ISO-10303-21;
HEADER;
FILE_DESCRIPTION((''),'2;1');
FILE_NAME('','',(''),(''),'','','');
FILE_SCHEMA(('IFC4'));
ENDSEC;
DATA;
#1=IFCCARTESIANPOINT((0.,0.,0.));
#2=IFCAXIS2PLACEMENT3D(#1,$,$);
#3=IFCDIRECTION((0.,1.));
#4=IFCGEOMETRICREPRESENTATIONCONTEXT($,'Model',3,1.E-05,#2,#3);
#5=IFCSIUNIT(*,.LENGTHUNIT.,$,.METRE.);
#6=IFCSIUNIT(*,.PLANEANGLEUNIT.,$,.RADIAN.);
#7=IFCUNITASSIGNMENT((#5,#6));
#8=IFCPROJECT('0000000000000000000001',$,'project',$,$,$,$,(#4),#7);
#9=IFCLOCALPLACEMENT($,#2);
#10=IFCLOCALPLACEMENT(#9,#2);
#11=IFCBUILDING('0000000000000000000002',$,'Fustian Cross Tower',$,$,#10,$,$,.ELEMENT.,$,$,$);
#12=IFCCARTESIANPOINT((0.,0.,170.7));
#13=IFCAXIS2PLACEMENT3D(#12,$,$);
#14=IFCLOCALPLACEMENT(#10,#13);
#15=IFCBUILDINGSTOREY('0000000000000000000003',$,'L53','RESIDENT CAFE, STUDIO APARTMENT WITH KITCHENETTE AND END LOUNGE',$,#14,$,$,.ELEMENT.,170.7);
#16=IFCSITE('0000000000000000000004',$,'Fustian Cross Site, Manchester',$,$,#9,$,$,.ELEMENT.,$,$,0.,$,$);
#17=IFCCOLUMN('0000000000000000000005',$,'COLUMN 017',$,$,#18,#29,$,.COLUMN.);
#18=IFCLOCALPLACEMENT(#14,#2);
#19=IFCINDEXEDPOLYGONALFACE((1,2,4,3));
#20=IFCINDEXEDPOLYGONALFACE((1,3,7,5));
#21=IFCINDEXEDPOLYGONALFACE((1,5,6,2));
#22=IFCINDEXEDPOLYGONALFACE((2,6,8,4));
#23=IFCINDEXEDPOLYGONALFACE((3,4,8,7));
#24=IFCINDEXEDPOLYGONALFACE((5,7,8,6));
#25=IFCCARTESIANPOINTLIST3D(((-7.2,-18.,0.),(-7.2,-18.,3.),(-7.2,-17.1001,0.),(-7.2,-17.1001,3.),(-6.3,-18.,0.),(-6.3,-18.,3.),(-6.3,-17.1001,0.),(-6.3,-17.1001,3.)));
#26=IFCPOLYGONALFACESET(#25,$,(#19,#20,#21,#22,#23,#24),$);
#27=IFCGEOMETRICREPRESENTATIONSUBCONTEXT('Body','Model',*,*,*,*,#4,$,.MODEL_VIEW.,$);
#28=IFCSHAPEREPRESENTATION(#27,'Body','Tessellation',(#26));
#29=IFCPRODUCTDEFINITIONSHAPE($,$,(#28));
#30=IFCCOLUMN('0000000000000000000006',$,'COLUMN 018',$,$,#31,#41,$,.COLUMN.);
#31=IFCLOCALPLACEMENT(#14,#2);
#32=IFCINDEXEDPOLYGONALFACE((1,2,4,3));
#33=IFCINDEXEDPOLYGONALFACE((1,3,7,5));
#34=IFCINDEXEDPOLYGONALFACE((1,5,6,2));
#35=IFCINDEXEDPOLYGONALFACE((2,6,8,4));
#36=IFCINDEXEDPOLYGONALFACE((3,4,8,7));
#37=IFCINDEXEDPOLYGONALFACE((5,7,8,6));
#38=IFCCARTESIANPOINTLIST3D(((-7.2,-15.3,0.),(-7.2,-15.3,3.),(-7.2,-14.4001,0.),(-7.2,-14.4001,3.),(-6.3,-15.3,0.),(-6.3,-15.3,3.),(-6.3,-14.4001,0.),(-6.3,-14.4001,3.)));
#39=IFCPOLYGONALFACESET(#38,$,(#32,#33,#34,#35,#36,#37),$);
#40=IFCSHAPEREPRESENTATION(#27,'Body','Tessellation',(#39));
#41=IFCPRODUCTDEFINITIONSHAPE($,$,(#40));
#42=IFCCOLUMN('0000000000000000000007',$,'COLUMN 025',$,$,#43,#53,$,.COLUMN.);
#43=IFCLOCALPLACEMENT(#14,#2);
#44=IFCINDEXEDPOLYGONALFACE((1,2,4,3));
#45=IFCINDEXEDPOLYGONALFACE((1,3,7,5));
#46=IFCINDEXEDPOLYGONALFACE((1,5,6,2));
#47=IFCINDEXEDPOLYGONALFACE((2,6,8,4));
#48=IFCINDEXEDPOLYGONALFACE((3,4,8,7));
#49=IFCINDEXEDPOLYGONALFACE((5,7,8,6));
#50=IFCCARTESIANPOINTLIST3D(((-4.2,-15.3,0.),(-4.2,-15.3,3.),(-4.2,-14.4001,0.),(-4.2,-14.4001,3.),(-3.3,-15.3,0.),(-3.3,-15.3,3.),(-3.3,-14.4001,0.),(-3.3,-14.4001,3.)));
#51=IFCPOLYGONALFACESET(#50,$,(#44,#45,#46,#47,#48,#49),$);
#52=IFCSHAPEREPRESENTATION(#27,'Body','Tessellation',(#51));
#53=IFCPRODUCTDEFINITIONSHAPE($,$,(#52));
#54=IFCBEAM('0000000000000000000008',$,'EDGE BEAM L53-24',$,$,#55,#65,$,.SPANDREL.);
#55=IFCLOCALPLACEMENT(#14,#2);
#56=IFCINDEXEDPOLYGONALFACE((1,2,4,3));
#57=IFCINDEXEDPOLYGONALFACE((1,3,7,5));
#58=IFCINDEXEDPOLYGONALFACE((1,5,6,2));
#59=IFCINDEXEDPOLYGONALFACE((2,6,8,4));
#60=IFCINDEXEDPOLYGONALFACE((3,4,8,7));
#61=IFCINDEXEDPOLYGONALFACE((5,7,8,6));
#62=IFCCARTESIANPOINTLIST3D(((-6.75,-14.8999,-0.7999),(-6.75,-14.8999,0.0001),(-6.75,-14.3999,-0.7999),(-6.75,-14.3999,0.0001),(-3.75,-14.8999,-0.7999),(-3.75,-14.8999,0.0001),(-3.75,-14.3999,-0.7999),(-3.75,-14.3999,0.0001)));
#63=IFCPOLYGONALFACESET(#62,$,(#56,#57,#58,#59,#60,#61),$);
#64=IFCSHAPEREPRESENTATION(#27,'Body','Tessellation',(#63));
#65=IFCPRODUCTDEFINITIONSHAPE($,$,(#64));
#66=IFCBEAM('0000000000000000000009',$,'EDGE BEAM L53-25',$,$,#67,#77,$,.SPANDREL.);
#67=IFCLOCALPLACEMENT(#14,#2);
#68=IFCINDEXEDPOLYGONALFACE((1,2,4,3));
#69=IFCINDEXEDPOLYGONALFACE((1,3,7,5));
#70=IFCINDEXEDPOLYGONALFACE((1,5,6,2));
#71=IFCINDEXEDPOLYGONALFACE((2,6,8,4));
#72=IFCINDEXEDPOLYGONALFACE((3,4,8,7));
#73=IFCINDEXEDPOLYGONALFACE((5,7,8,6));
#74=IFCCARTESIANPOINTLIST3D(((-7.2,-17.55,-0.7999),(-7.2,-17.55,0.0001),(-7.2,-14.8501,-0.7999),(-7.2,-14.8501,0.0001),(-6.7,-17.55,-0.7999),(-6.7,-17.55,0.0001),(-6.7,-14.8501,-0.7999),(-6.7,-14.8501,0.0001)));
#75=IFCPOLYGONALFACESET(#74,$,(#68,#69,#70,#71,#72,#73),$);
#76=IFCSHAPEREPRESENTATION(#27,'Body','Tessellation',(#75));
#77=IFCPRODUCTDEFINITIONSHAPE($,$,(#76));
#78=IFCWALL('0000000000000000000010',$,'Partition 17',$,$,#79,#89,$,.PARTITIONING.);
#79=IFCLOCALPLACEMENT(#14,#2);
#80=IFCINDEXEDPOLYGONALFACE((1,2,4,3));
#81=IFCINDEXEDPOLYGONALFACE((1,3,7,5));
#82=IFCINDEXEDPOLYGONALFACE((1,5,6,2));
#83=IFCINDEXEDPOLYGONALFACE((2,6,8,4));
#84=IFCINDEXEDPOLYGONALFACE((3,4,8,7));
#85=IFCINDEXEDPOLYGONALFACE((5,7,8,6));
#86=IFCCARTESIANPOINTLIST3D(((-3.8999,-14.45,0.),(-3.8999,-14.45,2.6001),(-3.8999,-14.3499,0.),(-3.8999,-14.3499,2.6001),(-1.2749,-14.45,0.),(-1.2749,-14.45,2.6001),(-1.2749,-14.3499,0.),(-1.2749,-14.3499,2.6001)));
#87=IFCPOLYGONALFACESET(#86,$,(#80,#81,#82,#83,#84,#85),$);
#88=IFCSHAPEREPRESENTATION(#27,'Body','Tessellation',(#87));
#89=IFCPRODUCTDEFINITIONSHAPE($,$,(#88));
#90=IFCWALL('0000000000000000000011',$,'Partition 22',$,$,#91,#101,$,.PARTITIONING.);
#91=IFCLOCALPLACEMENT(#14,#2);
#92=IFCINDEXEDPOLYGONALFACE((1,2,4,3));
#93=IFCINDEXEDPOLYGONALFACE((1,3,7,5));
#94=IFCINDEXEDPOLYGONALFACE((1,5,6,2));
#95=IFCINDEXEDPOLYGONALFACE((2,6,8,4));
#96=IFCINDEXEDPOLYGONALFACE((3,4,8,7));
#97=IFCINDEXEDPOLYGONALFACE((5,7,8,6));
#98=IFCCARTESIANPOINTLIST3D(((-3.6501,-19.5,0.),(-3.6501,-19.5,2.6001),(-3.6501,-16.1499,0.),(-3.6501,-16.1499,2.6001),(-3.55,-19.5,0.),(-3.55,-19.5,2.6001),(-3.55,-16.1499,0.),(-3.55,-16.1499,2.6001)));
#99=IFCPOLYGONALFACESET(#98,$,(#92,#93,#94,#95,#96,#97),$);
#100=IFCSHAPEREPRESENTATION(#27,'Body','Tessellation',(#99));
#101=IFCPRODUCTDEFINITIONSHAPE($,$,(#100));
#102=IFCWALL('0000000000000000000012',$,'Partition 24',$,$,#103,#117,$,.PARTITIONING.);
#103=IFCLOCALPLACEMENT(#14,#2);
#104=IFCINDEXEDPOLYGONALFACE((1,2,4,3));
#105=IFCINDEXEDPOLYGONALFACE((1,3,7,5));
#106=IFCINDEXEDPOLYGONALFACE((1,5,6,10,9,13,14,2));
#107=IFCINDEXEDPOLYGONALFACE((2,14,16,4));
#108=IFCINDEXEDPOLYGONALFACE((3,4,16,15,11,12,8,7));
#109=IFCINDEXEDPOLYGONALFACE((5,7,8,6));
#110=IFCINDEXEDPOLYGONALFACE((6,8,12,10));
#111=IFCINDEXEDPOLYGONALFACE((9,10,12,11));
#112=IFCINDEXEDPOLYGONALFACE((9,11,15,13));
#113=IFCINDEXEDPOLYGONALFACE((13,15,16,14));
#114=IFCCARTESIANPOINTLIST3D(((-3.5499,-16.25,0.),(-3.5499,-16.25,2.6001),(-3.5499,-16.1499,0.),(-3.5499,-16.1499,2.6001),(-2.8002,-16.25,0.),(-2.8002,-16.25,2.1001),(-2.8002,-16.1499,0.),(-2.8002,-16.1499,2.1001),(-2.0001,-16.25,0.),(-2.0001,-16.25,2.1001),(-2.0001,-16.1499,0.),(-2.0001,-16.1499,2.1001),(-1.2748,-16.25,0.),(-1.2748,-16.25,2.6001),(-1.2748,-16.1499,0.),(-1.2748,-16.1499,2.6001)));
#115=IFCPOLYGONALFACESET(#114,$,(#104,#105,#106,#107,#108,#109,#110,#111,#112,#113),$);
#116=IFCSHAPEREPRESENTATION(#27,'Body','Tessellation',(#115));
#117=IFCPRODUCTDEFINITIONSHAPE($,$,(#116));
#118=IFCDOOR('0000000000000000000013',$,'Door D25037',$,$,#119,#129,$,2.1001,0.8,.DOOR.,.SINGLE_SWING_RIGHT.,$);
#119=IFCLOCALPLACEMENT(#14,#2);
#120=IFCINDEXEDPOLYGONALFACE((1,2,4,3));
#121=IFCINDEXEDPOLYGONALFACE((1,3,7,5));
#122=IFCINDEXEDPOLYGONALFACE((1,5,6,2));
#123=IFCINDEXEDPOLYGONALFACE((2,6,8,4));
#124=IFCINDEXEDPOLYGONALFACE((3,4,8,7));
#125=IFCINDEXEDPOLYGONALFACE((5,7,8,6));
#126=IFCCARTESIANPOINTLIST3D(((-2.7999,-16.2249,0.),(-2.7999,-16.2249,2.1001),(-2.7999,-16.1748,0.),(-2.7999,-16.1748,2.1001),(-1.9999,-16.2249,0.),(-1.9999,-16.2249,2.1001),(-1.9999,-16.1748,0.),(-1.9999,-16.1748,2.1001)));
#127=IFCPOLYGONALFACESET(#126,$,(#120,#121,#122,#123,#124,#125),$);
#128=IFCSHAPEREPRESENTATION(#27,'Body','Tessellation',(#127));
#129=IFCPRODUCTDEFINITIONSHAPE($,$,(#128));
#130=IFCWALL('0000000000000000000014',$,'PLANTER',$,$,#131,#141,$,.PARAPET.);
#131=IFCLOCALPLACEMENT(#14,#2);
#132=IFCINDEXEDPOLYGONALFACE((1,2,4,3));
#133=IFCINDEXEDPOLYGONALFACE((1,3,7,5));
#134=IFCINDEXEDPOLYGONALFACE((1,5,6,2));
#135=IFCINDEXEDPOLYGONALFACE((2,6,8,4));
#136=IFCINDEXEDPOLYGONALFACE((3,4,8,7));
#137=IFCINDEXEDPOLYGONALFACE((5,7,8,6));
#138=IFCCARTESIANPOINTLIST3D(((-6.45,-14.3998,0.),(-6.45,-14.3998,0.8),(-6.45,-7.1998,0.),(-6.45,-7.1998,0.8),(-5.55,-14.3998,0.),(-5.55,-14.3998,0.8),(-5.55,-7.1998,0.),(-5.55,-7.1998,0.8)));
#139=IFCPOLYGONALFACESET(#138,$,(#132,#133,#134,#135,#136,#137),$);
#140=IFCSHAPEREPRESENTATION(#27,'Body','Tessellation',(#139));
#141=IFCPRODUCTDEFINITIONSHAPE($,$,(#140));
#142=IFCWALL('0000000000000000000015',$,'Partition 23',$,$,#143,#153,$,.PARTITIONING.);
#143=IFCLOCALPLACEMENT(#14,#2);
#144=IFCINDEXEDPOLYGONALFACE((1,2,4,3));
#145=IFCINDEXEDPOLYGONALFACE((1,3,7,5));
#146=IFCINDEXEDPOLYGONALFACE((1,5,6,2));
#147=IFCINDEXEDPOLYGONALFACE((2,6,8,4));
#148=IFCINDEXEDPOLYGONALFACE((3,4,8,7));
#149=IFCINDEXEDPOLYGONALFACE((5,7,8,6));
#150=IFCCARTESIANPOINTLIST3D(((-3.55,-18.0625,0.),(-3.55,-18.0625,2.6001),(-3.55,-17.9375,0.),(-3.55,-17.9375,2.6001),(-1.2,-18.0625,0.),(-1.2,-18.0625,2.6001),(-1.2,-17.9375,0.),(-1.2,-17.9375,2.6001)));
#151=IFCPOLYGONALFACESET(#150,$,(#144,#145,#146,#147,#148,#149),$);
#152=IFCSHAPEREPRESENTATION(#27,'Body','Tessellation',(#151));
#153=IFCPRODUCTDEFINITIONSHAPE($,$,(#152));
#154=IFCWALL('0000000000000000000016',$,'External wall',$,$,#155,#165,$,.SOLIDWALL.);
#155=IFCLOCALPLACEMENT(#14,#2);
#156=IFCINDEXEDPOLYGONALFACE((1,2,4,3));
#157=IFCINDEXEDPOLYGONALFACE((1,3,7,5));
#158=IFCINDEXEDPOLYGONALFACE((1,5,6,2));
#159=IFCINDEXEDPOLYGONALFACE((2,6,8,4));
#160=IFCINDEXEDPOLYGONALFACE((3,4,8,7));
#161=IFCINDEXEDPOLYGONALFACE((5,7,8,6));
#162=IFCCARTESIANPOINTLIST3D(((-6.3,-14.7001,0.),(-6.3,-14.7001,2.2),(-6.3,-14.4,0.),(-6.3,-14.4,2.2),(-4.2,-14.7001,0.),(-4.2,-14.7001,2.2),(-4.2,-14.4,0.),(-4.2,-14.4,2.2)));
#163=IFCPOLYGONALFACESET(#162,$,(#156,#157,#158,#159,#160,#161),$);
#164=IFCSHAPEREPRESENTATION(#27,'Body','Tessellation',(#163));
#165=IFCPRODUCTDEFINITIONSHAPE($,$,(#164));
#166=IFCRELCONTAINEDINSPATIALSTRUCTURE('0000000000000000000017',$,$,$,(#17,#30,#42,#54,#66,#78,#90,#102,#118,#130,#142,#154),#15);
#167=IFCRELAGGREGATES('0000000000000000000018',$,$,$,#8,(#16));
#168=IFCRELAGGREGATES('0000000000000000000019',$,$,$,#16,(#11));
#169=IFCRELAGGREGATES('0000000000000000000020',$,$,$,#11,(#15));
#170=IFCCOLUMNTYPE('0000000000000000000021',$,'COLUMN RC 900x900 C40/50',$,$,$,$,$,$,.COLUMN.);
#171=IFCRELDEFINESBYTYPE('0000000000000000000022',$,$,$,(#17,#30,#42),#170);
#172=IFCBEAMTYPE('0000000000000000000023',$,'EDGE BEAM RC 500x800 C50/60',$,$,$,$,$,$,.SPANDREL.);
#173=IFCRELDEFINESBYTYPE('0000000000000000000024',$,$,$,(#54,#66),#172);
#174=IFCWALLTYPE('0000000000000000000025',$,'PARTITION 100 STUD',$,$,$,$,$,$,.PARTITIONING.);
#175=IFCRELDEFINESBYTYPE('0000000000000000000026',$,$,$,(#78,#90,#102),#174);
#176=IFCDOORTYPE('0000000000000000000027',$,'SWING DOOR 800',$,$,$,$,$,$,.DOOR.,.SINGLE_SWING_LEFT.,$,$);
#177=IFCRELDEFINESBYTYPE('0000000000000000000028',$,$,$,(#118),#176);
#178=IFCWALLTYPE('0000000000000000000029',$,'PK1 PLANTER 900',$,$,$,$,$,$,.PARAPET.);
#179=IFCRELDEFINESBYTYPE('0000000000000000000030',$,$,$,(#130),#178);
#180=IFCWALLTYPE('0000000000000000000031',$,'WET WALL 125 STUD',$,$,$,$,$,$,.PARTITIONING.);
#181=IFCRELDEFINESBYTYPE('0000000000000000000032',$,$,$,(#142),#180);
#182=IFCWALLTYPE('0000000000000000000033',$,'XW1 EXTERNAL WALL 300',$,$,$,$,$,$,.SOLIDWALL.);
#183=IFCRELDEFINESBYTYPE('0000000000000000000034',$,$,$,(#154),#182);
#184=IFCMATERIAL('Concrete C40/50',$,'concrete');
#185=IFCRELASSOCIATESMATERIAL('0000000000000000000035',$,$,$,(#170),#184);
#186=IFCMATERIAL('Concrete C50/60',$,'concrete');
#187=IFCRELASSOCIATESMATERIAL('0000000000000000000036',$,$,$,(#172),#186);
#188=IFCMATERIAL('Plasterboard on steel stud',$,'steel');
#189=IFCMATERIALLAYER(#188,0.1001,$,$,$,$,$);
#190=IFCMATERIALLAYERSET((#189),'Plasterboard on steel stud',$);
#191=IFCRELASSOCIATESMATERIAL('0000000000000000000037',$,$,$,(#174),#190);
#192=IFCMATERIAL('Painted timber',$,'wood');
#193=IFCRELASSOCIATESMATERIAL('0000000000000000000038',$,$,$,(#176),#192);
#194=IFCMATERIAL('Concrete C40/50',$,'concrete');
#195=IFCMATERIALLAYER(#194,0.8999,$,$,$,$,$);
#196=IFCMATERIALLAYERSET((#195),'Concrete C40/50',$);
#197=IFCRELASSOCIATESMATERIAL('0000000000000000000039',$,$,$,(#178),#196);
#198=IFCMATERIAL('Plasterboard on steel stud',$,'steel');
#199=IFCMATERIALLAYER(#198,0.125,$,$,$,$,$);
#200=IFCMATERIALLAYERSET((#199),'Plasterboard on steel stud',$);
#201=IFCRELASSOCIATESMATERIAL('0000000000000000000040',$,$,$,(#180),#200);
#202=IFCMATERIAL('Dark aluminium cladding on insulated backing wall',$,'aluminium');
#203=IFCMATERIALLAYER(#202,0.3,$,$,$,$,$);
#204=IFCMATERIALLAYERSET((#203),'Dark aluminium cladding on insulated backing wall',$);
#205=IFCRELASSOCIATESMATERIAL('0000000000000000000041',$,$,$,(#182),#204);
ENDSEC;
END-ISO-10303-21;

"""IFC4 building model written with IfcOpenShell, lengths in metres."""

from ifc_helpers import new_model, si_unit, direction, frame, frame_2d, origin, origin_2d, place, context, subcontext, project, spatial, rectangle, extrude, material, layer, layer_set, material_profile, profile_set, type_object, element, fill, save


model = new_model("IFC4")

# Units and contexts
model_context = context("Model", 3, precision=1e-05, world=origin(), true_north=direction((0.0, 1.0)))
body_context = subcontext(model_context, "Body", "Model", "MODEL_VIEW")
ifc_project = project(units=[si_unit("LENGTHUNIT", "METRE"), si_unit("PLANEANGLEUNIT", "RADIAN")], contexts=[model_context])

# Site, building, storey
site_placement = place(None, origin())
site = spatial("IfcSite", under=ifc_project, at=site_placement, Name="Fustian Cross Site, Manchester", CompositionType="ELEMENT", RefElevation=0.0)
building_placement = place(site_placement, origin())
building = spatial("IfcBuilding", under=site, at=building_placement, Name="Fustian Cross Tower", CompositionType="ELEMENT")
storey_placement = place(building_placement, frame((0.0, 0.0, 170.7)))
storey = spatial("IfcBuildingStorey", under=building, at=storey_placement, Name="L53", Description="RESIDENT CAFE, STUDIO APARTMENT WITH KITCHENETTE AND END LOUNGE", CompositionType="ELEMENT", Elevation=170.7)

# Columns
ifc_material_1 = material(Name="Concrete C40/50", Category="concrete")
ifc_material_profile_1 = material_profile(ifc_material_1, rectangle(XDim=0.8999, YDim=0.8999, at=origin_2d()), Name="RC 900x900")
ifc_profile_set_1 = profile_set([ifc_material_profile_1], Name="Concrete C40/50")
column_type = type_object("IfcColumnType", Name="COLUMN RC 900x900 C40/50", PredefinedType="COLUMN", material=ifc_profile_set_1)
for number, where, z_axis, x_axis, name in (
    (1, (-6.75, -17.55, 0.0), (0.0, 0.0, 1.0), (1.0, 0.0, 0.0), "COLUMN 017"),
    (2, (-6.75, -14.8501, 0.0), (0.0, 0.0, 1.0), (1.0, 0.0, 0.0), "COLUMN 018"),
    (3, (-3.75, -14.8501, 0.0), (0.0, 0.0, 1.0), (1.0, 0.0, 0.0), "COLUMN 025"),
):
    element("IfcColumn", number, at=place(storey_placement, frame(where, z_axis=z_axis, x_axis=x_axis)), inside=storey, type_object=column_type, Name=name, PredefinedType="COLUMN", context=body_context, shape_type="SweptSolid", body=[
        extrude(rectangle(XDim=0.8999, YDim=0.8999, at=origin_2d()), origin(), (0.0, 0.0, 1.0), 3.0),
    ])

# Beams
ifc_material_2 = material(Name="Concrete C50/60", Category="concrete")
ifc_material_profile_2 = material_profile(ifc_material_2, rectangle(XDim=0.5, YDim=0.8, at=origin_2d()), Name="RC 500x800")
ifc_profile_set_2 = profile_set([ifc_material_profile_2], Name="Concrete C50/60")
beam_type = type_object("IfcBeamType", Name="EDGE BEAM RC 500x800 C50/60", PredefinedType="SPANDREL", material=ifc_profile_set_2)
beam_1_placement = place(storey_placement, frame((-3.75, -14.6499, -0.3999), z_axis=(-1.0, 0.0, 0.0), x_axis=(0.0, -1.0, 0.0)))
element("IfcBeam", 4, at=beam_1_placement, inside=storey, type_object=beam_type, Name="EDGE BEAM L53-24", PredefinedType="SPANDREL", context=body_context, shape_type="SweptSolid", body=[
    extrude(rectangle(XDim=0.5, YDim=0.8, at=origin_2d()), origin(), (0.0, 0.0, 1.0), 3.0),
])
beam_2_placement = place(storey_placement, frame((-6.95, -14.8501, -0.3999), z_axis=(0.0, -1.0, 0.0), x_axis=(1.0, 0.0, 0.0)))
element("IfcBeam", 5, at=beam_2_placement, inside=storey, type_object=beam_type, Name="EDGE BEAM L53-25", PredefinedType="SPANDREL", context=body_context, shape_type="SweptSolid", body=[
    extrude(rectangle(XDim=0.5, YDim=0.8, at=origin_2d()), origin(), (0.0, 0.0, 1.0), 2.7),
])

# Walls
ifc_material_3 = material(Name="Plasterboard on steel stud", Category="steel")
ifc_layer_1 = layer(ifc_material_3, 0.1001)
ifc_layer_set_1 = layer_set([ifc_layer_1], Name="Plasterboard on steel stud")
wall_type_1 = type_object("IfcWallType", Name="PARTITION 100 STUD", PredefinedType="PARTITIONING", material=ifc_layer_set_1)
wall_1_placement = place(storey_placement, frame((-3.8999, -14.3999, 0.0), z_axis=(0.0, 0.0, 1.0), x_axis=(1.0, 0.0, 0.0)))
element("IfcWall", 6, at=wall_1_placement, inside=storey, type_object=wall_type_1, Name="Partition 17", PredefinedType="PARTITIONING", context=body_context, shape_type="SweptSolid", body=[
    extrude(rectangle(XDim=2.625, YDim=0.1001, at=frame_2d((1.3125, 0.0))), origin(), (0.0, 0.0, 1.0), 2.6001),
])
wall_2_placement = place(storey_placement, frame((-3.6001, -19.5, 0.0), z_axis=(0.0, 0.0, 1.0), x_axis=(0.0, 1.0, 0.0)))
element("IfcWall", 7, at=wall_2_placement, inside=storey, type_object=wall_type_1, Name="Partition 22", PredefinedType="PARTITIONING", context=body_context, shape_type="SweptSolid", body=[
    extrude(rectangle(XDim=3.3501, YDim=0.1001, at=frame_2d((1.675, 0.0))), origin(), (0.0, 0.0, 1.0), 2.6001),
])

# Wall, opening, door
wall_3_placement = place(storey_placement, frame((-3.55, -16.2, 0.0), z_axis=(0.0, 0.0, 1.0), x_axis=(1.0, 0.0, 0.0)))
wall_3 = element("IfcWall", 8, at=wall_3_placement, inside=storey, type_object=wall_type_1, Name="Partition 24", PredefinedType="PARTITIONING", context=body_context, shape_type="SweptSolid", body=[
    extrude(rectangle(XDim=2.2751, YDim=0.1001, at=frame_2d((1.1377, 0.0))), origin(), (0.0, 0.0, 1.0), 2.6001),
])
opening_1_placement = place(wall_3_placement, frame((0.75, 0.0, 0.0)))
opening_1 = element("IfcOpeningElement", 9, at=opening_1_placement, cuts=wall_3, PredefinedType="OPENING", context=body_context, shape_type="SweptSolid", body=[
    extrude(rectangle(XDim=0.8, YDim=2.1001, at=frame_2d((0.3999, 1.05))), frame((0.0, 0.0601, 0.0), z_axis=(0.0, -1.0, 0.0), x_axis=(1.0, 0.0, 0.0)), (0.0, 0.0, 1.0), 0.1201),
])
ifc_material_4 = material(Name="Painted timber", Category="wood")
door_type = type_object("IfcDoorType", Name="SWING DOOR 800", OperationType="SINGLE_SWING_LEFT", PredefinedType="DOOR", material=ifc_material_4)
door_placement = place(opening_1_placement, frame((0.8, 0.0, 0.0), z_axis=(0.0, 0.0, 1.0), x_axis=(-1.0, 0.0, 0.0)))
door = element("IfcDoor", 10, at=door_placement, inside=storey, type_object=door_type, Name="Door D25037", OperationType="SINGLE_SWING_RIGHT", OverallHeight=2.1001, OverallWidth=0.8, PredefinedType="DOOR", context=body_context, shape_type="SweptSolid", body=[
    extrude(rectangle(XDim=0.8, YDim=2.1001, at=frame_2d((0.3999, 1.05))), frame((0.0, 0.0249, 0.0), z_axis=(0.0, -1.0, 0.0), x_axis=(1.0, 0.0, 0.0)), (0.0, 0.0, 1.0), 0.05),
])
fill(opening_1, door)

# Walls
ifc_material_5 = material(Name="Concrete C40/50", Category="concrete")
ifc_layer_2 = layer(ifc_material_5, 0.8999)
ifc_layer_set_2 = layer_set([ifc_layer_2], Name="Concrete C40/50")
wall_type_2 = type_object("IfcWallType", Name="PK1 PLANTER 900", PredefinedType="PARAPET", material=ifc_layer_set_2)
wall_4_placement = place(storey_placement, frame((-6.0, -14.3999, 0.0), z_axis=(0.0, 0.0, 1.0), x_axis=(0.0, 1.0, 0.0)))
element("IfcWall", 11, at=wall_4_placement, inside=storey, type_object=wall_type_2, Name="PLANTER", PredefinedType="PARAPET", context=body_context, shape_type="SweptSolid", body=[
    extrude(rectangle(XDim=7.2, YDim=0.8999, at=frame_2d((3.6001, 0.0))), origin(), (0.0, 0.0, 1.0), 0.8),
])
ifc_material_6 = material(Name="Plasterboard on steel stud", Category="steel")
ifc_layer_3 = layer(ifc_material_6, 0.125)
ifc_layer_set_3 = layer_set([ifc_layer_3], Name="Plasterboard on steel stud")
wall_type_3 = type_object("IfcWallType", Name="WET WALL 125 STUD", PredefinedType="PARTITIONING", material=ifc_layer_set_3)
wall_5_placement = place(storey_placement, frame((-3.55, -18.0, 0.0), z_axis=(0.0, 0.0, 1.0), x_axis=(1.0, 0.0, 0.0)))
element("IfcWall", 12, at=wall_5_placement, inside=storey, type_object=wall_type_3, Name="Partition 23", PredefinedType="PARTITIONING", context=body_context, shape_type="SweptSolid", body=[
    extrude(rectangle(XDim=2.3501, YDim=0.125, at=frame_2d((1.175, 0.0))), origin(), (0.0, 0.0, 1.0), 2.6001),
])
ifc_material_7 = material(Name="Dark aluminium cladding on insulated backing wall", Category="aluminium")
ifc_layer_4 = layer(ifc_material_7, 0.3)
ifc_layer_set_4 = layer_set([ifc_layer_4], Name="Dark aluminium cladding on insulated backing wall")
wall_type_4 = type_object("IfcWallType", Name="XW1 EXTERNAL WALL 300", PredefinedType="SOLIDWALL", material=ifc_layer_set_4)
wall_6_placement = place(storey_placement, frame((-4.2, -14.55, 0.0), z_axis=(0.0, 0.0, 1.0), x_axis=(-1.0, 0.0, 0.0)))
element("IfcWall", 13, at=wall_6_placement, inside=storey, type_object=wall_type_4, Name="External wall", PredefinedType="SOLIDWALL", context=body_context, shape_type="SweptSolid", body=[
    extrude(rectangle(XDim=2.1001, YDim=0.3, at=frame_2d((1.05, 0.0))), origin(), (0.0, 0.0, 1.0), 2.2),
])

save(model, "model.ifc")
